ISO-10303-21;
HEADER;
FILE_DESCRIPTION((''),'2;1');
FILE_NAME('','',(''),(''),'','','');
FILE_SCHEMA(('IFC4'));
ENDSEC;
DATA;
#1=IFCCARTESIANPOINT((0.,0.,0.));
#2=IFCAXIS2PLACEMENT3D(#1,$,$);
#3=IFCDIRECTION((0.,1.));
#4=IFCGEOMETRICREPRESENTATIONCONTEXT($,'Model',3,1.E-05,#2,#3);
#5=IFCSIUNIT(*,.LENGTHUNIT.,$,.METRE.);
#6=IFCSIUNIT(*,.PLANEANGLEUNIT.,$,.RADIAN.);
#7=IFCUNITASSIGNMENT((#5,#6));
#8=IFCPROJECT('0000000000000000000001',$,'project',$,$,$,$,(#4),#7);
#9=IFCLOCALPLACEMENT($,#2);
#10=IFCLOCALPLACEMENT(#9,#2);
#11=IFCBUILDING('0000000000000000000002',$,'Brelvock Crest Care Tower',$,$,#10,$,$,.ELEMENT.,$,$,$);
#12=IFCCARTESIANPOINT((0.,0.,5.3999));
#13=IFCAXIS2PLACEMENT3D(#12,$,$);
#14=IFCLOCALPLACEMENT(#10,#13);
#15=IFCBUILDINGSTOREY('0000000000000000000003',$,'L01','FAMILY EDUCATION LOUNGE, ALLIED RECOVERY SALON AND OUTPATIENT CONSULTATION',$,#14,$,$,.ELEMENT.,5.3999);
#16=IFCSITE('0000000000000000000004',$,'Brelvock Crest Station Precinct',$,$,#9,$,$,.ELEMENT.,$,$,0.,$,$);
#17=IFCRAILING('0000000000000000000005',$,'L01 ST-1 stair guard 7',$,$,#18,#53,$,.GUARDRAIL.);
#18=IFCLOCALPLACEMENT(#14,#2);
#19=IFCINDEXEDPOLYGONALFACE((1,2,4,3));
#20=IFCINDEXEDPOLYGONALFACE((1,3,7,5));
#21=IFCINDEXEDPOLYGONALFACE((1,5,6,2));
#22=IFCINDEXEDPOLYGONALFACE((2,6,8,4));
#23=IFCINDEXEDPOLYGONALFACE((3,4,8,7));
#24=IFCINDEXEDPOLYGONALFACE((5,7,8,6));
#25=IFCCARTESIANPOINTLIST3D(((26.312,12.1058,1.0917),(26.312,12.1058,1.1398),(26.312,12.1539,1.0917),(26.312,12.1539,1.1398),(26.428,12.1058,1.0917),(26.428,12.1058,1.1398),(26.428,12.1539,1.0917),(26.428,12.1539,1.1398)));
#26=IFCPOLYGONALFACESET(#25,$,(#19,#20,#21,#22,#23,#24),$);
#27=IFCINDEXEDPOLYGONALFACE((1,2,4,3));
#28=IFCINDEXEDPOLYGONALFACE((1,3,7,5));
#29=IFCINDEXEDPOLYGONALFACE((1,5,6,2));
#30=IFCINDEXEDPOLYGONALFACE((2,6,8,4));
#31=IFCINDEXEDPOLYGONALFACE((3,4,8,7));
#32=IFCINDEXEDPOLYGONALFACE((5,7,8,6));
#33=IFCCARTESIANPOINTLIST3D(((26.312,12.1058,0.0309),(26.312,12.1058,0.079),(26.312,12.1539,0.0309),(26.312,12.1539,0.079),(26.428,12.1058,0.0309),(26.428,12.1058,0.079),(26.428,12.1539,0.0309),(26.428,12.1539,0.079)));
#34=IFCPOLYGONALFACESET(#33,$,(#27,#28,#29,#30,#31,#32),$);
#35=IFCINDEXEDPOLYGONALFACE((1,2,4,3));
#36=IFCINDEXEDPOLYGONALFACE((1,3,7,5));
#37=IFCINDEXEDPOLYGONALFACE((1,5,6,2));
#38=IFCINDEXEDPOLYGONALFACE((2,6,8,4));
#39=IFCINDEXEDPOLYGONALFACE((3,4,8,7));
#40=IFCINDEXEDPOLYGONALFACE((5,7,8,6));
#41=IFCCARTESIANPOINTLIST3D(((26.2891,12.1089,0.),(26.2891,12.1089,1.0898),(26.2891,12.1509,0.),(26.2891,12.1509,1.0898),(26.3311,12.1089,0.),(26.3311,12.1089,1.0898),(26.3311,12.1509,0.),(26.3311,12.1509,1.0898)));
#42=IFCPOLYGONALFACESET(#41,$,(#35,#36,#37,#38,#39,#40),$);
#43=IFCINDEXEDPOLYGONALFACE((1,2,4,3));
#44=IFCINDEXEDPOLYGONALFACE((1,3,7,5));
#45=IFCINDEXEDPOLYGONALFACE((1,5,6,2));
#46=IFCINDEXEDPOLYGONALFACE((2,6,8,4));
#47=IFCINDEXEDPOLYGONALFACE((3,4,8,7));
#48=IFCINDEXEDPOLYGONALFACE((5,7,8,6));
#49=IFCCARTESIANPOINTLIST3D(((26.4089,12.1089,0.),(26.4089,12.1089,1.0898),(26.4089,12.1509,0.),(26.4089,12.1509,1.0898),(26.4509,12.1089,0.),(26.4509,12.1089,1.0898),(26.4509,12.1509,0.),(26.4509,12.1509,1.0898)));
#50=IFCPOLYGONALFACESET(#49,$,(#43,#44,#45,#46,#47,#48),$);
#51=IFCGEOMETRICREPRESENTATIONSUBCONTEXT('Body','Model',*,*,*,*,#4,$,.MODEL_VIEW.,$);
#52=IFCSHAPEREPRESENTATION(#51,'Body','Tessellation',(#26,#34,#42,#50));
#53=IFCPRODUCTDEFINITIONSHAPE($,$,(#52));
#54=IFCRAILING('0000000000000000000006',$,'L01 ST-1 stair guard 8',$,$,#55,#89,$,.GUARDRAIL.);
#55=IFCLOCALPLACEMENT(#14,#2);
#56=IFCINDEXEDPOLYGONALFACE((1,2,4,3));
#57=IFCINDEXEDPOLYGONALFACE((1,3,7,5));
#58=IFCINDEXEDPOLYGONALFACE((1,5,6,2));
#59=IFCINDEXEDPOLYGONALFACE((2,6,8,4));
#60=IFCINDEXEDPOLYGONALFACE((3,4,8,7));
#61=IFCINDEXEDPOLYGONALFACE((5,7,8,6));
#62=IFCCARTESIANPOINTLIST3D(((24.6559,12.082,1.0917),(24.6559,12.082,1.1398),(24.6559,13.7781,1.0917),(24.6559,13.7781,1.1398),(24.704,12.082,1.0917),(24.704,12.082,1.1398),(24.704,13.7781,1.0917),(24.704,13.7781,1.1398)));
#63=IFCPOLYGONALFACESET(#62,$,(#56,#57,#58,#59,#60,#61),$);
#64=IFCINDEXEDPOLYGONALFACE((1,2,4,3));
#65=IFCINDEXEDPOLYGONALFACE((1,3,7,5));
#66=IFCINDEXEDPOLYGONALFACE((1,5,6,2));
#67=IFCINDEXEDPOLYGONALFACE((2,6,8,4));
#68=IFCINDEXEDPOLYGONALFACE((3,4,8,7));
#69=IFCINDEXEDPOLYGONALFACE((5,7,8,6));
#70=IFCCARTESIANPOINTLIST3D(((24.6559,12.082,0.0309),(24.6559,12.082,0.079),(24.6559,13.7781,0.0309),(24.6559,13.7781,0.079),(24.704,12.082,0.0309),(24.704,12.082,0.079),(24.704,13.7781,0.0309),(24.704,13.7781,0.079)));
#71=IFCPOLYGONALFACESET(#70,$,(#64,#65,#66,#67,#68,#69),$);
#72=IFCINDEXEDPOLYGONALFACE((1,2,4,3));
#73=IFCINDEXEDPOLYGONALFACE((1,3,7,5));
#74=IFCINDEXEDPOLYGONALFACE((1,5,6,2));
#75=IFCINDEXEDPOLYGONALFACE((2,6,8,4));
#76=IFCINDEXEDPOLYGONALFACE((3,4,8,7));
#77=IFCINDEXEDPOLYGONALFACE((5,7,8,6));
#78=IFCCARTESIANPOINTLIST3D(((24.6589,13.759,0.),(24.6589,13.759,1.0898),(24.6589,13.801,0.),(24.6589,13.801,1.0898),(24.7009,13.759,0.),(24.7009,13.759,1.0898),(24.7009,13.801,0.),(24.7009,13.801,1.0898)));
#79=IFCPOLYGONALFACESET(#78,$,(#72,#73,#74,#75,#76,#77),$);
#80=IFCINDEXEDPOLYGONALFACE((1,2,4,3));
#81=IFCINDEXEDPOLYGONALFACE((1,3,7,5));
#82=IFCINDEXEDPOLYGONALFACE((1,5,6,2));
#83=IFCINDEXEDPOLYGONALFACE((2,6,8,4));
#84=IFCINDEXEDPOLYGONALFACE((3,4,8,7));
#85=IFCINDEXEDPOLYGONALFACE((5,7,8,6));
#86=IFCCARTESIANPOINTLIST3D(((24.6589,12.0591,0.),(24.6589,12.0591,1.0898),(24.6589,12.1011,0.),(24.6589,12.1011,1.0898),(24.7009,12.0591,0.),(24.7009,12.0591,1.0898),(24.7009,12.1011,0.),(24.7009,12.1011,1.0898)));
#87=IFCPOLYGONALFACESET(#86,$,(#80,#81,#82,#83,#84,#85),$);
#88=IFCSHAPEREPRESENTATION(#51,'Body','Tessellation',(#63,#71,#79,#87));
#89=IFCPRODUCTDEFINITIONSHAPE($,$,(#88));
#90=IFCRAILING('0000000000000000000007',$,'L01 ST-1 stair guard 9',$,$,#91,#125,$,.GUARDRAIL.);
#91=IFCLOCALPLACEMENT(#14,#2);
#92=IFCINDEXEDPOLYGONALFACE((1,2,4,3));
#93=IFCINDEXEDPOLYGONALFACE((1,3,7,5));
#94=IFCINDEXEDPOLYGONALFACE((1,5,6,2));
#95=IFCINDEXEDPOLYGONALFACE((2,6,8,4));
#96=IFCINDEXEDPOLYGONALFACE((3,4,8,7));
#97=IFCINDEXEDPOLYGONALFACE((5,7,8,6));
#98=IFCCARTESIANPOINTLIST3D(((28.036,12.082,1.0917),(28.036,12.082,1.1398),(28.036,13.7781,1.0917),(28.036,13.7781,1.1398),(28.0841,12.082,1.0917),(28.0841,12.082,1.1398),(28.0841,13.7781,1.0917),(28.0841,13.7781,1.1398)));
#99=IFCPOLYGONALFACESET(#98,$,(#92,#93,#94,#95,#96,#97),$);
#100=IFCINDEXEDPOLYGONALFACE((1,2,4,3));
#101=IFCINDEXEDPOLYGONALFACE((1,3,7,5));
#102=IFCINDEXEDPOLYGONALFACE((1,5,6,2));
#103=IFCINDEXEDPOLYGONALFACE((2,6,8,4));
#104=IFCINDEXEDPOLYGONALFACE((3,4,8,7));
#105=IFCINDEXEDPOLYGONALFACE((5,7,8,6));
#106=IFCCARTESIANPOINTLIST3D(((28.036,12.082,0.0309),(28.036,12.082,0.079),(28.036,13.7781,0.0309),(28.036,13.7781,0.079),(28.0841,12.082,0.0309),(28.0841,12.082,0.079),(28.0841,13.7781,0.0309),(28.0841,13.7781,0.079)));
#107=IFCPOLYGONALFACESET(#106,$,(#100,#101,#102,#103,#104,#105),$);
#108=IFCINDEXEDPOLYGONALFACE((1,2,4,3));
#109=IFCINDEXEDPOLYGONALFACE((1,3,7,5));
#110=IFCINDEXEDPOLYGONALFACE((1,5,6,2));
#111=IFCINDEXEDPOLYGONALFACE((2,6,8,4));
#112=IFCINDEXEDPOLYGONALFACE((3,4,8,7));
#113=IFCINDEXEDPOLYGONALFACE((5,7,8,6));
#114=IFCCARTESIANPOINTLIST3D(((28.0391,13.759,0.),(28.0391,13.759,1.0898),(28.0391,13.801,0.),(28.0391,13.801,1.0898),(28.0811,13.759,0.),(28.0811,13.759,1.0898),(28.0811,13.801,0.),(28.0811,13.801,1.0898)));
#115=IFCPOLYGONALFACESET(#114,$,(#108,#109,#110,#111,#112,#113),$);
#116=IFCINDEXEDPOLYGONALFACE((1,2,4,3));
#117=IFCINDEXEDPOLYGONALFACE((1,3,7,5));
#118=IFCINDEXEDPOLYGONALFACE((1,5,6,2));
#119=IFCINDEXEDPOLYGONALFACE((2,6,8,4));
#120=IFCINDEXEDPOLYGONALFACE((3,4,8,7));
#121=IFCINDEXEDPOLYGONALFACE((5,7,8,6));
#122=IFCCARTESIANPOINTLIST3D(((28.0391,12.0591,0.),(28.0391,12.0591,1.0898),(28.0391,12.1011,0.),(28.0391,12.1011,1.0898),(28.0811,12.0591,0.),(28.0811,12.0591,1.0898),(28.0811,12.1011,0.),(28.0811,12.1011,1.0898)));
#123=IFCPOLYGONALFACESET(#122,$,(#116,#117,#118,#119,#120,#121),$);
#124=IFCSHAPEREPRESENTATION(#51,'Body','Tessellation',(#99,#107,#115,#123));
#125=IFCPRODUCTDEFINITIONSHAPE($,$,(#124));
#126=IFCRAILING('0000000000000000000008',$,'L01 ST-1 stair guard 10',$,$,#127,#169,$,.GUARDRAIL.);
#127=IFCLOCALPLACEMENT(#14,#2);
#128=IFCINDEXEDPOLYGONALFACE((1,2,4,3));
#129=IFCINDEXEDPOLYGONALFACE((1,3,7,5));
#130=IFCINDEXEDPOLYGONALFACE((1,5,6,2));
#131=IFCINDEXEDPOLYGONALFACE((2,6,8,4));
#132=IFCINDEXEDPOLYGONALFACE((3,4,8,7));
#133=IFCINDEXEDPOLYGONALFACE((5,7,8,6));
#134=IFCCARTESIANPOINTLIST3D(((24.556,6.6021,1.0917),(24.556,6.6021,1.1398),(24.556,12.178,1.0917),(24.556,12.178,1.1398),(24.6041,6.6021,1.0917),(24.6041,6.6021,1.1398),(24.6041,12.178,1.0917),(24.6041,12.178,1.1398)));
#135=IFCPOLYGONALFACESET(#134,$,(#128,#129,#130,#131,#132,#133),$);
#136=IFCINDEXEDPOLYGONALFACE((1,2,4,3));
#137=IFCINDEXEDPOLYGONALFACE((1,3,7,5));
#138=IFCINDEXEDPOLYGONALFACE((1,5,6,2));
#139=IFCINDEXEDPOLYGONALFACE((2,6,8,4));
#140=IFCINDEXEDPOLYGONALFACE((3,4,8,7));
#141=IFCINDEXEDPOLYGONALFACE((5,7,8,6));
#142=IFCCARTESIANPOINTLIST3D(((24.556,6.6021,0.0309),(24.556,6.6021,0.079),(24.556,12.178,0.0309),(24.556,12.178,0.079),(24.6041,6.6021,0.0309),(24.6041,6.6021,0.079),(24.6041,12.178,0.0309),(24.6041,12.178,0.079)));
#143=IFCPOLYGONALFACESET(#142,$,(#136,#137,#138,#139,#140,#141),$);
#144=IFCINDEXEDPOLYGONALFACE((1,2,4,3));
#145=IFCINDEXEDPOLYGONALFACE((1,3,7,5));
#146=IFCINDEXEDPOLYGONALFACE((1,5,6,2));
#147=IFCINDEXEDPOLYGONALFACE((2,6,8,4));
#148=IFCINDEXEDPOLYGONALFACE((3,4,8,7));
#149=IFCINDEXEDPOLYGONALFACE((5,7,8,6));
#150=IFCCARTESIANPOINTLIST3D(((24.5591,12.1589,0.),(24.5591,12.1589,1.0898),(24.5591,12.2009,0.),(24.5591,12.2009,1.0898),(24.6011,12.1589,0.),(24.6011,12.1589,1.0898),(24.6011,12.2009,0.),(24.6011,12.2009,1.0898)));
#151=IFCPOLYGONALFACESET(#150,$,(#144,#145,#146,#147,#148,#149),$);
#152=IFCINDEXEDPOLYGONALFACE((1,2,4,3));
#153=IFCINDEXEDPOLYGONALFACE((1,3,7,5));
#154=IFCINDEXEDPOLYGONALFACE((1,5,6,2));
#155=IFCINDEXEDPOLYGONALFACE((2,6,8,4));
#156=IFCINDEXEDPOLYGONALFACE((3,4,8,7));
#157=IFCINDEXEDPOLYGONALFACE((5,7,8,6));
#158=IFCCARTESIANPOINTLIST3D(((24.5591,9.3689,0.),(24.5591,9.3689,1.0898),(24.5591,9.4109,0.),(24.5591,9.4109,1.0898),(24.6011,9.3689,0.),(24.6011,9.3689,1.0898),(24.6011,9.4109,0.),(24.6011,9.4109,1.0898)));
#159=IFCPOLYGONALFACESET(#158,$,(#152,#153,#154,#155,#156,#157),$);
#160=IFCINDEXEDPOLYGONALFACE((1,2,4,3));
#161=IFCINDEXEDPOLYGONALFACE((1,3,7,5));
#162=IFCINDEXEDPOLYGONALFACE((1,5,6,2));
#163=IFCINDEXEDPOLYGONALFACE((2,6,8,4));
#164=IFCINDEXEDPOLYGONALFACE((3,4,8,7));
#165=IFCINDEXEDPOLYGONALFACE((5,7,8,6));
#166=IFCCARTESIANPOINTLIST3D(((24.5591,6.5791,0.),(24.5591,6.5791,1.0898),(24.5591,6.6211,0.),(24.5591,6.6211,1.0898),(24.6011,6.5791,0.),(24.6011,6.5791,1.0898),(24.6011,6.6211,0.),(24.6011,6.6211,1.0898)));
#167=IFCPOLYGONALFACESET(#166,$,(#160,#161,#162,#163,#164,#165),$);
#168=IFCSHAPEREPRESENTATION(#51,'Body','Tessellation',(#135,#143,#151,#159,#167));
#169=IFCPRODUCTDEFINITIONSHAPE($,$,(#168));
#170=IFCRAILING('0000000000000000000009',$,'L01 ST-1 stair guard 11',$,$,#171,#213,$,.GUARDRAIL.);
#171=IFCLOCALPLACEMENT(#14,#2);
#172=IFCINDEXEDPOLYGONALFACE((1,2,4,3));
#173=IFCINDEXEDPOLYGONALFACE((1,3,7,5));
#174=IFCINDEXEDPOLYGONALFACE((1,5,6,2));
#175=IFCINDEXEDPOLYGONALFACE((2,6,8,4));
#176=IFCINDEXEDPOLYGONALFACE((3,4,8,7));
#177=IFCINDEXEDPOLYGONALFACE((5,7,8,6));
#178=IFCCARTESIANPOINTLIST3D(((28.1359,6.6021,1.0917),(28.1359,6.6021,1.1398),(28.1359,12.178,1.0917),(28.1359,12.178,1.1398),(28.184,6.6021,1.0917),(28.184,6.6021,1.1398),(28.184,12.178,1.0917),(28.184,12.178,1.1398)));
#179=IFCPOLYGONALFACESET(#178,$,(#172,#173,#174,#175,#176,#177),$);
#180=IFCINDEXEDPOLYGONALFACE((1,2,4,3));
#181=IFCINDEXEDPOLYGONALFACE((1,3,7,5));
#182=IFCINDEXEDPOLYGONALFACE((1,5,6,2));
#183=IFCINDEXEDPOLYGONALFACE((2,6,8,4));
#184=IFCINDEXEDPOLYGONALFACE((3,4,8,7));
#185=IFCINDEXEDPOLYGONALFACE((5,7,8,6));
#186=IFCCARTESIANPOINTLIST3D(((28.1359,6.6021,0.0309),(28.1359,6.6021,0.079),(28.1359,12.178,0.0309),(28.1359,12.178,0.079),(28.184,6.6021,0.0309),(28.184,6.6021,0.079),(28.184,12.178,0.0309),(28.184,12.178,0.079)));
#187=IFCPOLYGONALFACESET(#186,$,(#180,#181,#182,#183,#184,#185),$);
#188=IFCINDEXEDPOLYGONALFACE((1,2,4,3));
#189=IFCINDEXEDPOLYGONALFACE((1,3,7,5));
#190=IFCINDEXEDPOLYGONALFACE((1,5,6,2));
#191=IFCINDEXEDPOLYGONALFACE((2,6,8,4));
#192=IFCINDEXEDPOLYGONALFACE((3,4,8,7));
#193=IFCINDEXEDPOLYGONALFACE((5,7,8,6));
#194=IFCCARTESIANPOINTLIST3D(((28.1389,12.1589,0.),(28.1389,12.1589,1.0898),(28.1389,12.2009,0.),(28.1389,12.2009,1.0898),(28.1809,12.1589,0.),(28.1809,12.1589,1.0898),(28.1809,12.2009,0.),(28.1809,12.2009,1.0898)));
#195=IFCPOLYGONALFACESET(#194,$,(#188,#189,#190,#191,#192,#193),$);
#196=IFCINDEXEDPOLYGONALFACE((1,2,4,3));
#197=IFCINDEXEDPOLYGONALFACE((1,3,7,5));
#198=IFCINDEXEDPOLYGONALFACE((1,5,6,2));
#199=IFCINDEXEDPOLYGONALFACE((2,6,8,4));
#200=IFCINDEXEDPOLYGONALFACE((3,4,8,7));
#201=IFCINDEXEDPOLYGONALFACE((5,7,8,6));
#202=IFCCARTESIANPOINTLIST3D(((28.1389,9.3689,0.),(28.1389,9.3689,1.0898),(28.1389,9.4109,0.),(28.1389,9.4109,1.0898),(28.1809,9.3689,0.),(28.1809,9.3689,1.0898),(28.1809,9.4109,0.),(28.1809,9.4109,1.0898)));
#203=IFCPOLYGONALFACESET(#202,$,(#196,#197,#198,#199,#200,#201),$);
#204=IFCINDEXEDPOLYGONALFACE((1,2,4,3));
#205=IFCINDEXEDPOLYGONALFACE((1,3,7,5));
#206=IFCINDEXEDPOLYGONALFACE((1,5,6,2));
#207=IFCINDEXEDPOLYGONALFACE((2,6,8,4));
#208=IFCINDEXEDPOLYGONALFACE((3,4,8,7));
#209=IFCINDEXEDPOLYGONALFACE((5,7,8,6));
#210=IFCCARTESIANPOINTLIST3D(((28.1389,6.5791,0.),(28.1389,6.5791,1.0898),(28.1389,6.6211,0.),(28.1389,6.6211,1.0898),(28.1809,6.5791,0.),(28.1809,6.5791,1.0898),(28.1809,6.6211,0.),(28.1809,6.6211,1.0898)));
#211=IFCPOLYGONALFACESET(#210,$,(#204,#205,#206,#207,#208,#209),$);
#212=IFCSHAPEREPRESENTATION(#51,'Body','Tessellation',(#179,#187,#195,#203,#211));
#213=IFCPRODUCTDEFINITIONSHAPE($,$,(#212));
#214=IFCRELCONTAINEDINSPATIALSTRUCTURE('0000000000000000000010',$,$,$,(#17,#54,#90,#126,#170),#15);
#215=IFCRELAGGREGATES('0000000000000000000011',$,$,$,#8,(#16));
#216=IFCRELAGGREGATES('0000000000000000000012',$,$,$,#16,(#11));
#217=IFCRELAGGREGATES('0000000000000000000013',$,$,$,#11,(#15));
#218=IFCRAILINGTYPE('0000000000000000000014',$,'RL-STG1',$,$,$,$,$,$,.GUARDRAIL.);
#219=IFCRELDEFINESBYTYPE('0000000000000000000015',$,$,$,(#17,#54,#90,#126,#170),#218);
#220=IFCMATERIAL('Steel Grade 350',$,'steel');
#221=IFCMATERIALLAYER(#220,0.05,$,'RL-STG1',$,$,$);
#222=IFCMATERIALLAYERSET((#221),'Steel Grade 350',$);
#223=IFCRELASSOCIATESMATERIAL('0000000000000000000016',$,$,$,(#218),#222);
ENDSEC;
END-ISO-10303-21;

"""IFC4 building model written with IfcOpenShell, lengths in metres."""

from ifc_helpers import new_model, si_unit, direction, frame, origin, origin_2d, place, context, subcontext, project, spatial, rectangle, extrude, material, layer, layer_set, type_object, element, save


model = new_model("IFC4")

# Units and contexts
model_context = context("Model", 3, precision=1e-05, world=origin(), true_north=direction((0.0, 1.0)))
body_context = subcontext(model_context, "Body", "Model", "MODEL_VIEW")
ifc_project = project(units=[si_unit("LENGTHUNIT", "METRE"), si_unit("PLANEANGLEUNIT", "RADIAN")], contexts=[model_context])

# Site, building, storey
site_placement = place(None, origin())
site = spatial("IfcSite", under=ifc_project, at=site_placement, Name="Brelvock Crest Station Precinct", CompositionType="ELEMENT", RefElevation=0.0)
building_placement = place(site_placement, origin())
building = spatial("IfcBuilding", under=site, at=building_placement, Name="Brelvock Crest Care Tower", CompositionType="ELEMENT")
storey_placement = place(building_placement, frame((0.0, 0.0, 5.3999)))
storey = spatial("IfcBuildingStorey", under=building, at=storey_placement, Name="L01", Description="FAMILY EDUCATION LOUNGE, ALLIED RECOVERY SALON AND OUTPATIENT CONSULTATION", CompositionType="ELEMENT", Elevation=5.3999)

# Shared definitions
ifc_material_1 = material(Name="Steel Grade 350", Category="steel")

# Railings
ifc_layer_1 = layer(ifc_material_1, 0.05, Name="RL-STG1")
ifc_layer_set_1 = layer_set([ifc_layer_1], Name="Steel Grade 350")
railing_type_1 = type_object("IfcRailingType", Name="RL-STG1", PredefinedType="GUARDRAIL", material=ifc_layer_set_1)
railing_1_placement = place(storey_placement, frame((26.3101, 12.1299, 0.0)))
element("IfcRailing", 1, at=railing_1_placement, inside=storey, type_object=railing_type_1, Name="L01 ST-1 stair guard 7", PredefinedType="GUARDRAIL", context=body_context, shape_type="SweptSolid", body=[
    extrude(rectangle(XDim=0.0481, YDim=0.0481, at=origin_2d()), frame((0.002, 0.0, 1.1157), z_axis=(1.0, 0.0, 0.0), x_axis=(0.0, 1.0, 0.0)), (0.0, 0.0, 1.0), 0.116),
    extrude(rectangle(XDim=0.0481, YDim=0.0481, at=origin_2d()), frame((0.002, 0.0, 0.0549), z_axis=(1.0, 0.0, 0.0), x_axis=(0.0, 1.0, 0.0)), (0.0, 0.0, 1.0), 0.116),
    extrude(rectangle(XDim=0.042, YDim=0.042, at=origin_2d()), origin(), (0.0, 0.0, 1.0), 1.0898),
    extrude(rectangle(XDim=0.042, YDim=0.042, at=origin_2d()), frame((0.1199, 0.0, 0.0)), (0.0, 0.0, 1.0), 1.0898),
])
for number, where, name in (
    (2, (24.6799, 13.78, 0.0), "L01 ST-1 stair guard 8"),
    (3, (28.0601, 13.78, 0.0), "L01 ST-1 stair guard 9"),
):
    element("IfcRailing", number, at=place(storey_placement, frame(where)), inside=storey, type_object=railing_type_1, Name=name, PredefinedType="GUARDRAIL", context=body_context, shape_type="SweptSolid", body=[
        extrude(rectangle(XDim=0.0481, YDim=0.0481, at=origin_2d()), frame((0.0, -0.002, 1.1157), z_axis=(0.0, -1.0, 0.0), x_axis=(1.0, 0.0, 0.0)), (0.0, 0.0, 1.0), 1.696),
        extrude(rectangle(XDim=0.0481, YDim=0.0481, at=origin_2d()), frame((0.0, -0.002, 0.0549), z_axis=(0.0, -1.0, 0.0), x_axis=(1.0, 0.0, 0.0)), (0.0, 0.0, 1.0), 1.696),
        extrude(rectangle(XDim=0.042, YDim=0.042, at=origin_2d()), origin(), (0.0, 0.0, 1.0), 1.0898),
        extrude(rectangle(XDim=0.042, YDim=0.042, at=origin_2d()), frame((0.0, -1.7, 0.0)), (0.0, 0.0, 1.0), 1.0898),
    ])
for number, where, name in (
    (4, (24.5801, 12.1799, 0.0), "L01 ST-1 stair guard 10"),
    (5, (28.1599, 12.1799, 0.0), "L01 ST-1 stair guard 11"),
):
    element("IfcRailing", number, at=place(storey_placement, frame(where)), inside=storey, type_object=railing_type_1, Name=name, PredefinedType="GUARDRAIL", context=body_context, shape_type="SweptSolid", body=[
        extrude(rectangle(XDim=0.0481, YDim=0.0481, at=origin_2d()), frame((0.0, -0.002, 1.1157), z_axis=(0.0, -1.0, 0.0), x_axis=(1.0, 0.0, 0.0)), (0.0, 0.0, 1.0), 5.5759),
        extrude(rectangle(XDim=0.0481, YDim=0.0481, at=origin_2d()), frame((0.0, -0.002, 0.0549), z_axis=(0.0, -1.0, 0.0), x_axis=(1.0, 0.0, 0.0)), (0.0, 0.0, 1.0), 5.5759),
        extrude(rectangle(XDim=0.042, YDim=0.042, at=origin_2d()), origin(), (0.0, 0.0, 1.0), 1.0898),
        extrude(rectangle(XDim=0.042, YDim=0.042, at=origin_2d()), frame((0.0, -2.79, 0.0)), (0.0, 0.0, 1.0), 1.0898),
        extrude(rectangle(XDim=0.042, YDim=0.042, at=origin_2d()), frame((0.0, -5.5798, 0.0)), (0.0, 0.0, 1.0), 1.0898),
    ])

save(model, "model.ifc")
